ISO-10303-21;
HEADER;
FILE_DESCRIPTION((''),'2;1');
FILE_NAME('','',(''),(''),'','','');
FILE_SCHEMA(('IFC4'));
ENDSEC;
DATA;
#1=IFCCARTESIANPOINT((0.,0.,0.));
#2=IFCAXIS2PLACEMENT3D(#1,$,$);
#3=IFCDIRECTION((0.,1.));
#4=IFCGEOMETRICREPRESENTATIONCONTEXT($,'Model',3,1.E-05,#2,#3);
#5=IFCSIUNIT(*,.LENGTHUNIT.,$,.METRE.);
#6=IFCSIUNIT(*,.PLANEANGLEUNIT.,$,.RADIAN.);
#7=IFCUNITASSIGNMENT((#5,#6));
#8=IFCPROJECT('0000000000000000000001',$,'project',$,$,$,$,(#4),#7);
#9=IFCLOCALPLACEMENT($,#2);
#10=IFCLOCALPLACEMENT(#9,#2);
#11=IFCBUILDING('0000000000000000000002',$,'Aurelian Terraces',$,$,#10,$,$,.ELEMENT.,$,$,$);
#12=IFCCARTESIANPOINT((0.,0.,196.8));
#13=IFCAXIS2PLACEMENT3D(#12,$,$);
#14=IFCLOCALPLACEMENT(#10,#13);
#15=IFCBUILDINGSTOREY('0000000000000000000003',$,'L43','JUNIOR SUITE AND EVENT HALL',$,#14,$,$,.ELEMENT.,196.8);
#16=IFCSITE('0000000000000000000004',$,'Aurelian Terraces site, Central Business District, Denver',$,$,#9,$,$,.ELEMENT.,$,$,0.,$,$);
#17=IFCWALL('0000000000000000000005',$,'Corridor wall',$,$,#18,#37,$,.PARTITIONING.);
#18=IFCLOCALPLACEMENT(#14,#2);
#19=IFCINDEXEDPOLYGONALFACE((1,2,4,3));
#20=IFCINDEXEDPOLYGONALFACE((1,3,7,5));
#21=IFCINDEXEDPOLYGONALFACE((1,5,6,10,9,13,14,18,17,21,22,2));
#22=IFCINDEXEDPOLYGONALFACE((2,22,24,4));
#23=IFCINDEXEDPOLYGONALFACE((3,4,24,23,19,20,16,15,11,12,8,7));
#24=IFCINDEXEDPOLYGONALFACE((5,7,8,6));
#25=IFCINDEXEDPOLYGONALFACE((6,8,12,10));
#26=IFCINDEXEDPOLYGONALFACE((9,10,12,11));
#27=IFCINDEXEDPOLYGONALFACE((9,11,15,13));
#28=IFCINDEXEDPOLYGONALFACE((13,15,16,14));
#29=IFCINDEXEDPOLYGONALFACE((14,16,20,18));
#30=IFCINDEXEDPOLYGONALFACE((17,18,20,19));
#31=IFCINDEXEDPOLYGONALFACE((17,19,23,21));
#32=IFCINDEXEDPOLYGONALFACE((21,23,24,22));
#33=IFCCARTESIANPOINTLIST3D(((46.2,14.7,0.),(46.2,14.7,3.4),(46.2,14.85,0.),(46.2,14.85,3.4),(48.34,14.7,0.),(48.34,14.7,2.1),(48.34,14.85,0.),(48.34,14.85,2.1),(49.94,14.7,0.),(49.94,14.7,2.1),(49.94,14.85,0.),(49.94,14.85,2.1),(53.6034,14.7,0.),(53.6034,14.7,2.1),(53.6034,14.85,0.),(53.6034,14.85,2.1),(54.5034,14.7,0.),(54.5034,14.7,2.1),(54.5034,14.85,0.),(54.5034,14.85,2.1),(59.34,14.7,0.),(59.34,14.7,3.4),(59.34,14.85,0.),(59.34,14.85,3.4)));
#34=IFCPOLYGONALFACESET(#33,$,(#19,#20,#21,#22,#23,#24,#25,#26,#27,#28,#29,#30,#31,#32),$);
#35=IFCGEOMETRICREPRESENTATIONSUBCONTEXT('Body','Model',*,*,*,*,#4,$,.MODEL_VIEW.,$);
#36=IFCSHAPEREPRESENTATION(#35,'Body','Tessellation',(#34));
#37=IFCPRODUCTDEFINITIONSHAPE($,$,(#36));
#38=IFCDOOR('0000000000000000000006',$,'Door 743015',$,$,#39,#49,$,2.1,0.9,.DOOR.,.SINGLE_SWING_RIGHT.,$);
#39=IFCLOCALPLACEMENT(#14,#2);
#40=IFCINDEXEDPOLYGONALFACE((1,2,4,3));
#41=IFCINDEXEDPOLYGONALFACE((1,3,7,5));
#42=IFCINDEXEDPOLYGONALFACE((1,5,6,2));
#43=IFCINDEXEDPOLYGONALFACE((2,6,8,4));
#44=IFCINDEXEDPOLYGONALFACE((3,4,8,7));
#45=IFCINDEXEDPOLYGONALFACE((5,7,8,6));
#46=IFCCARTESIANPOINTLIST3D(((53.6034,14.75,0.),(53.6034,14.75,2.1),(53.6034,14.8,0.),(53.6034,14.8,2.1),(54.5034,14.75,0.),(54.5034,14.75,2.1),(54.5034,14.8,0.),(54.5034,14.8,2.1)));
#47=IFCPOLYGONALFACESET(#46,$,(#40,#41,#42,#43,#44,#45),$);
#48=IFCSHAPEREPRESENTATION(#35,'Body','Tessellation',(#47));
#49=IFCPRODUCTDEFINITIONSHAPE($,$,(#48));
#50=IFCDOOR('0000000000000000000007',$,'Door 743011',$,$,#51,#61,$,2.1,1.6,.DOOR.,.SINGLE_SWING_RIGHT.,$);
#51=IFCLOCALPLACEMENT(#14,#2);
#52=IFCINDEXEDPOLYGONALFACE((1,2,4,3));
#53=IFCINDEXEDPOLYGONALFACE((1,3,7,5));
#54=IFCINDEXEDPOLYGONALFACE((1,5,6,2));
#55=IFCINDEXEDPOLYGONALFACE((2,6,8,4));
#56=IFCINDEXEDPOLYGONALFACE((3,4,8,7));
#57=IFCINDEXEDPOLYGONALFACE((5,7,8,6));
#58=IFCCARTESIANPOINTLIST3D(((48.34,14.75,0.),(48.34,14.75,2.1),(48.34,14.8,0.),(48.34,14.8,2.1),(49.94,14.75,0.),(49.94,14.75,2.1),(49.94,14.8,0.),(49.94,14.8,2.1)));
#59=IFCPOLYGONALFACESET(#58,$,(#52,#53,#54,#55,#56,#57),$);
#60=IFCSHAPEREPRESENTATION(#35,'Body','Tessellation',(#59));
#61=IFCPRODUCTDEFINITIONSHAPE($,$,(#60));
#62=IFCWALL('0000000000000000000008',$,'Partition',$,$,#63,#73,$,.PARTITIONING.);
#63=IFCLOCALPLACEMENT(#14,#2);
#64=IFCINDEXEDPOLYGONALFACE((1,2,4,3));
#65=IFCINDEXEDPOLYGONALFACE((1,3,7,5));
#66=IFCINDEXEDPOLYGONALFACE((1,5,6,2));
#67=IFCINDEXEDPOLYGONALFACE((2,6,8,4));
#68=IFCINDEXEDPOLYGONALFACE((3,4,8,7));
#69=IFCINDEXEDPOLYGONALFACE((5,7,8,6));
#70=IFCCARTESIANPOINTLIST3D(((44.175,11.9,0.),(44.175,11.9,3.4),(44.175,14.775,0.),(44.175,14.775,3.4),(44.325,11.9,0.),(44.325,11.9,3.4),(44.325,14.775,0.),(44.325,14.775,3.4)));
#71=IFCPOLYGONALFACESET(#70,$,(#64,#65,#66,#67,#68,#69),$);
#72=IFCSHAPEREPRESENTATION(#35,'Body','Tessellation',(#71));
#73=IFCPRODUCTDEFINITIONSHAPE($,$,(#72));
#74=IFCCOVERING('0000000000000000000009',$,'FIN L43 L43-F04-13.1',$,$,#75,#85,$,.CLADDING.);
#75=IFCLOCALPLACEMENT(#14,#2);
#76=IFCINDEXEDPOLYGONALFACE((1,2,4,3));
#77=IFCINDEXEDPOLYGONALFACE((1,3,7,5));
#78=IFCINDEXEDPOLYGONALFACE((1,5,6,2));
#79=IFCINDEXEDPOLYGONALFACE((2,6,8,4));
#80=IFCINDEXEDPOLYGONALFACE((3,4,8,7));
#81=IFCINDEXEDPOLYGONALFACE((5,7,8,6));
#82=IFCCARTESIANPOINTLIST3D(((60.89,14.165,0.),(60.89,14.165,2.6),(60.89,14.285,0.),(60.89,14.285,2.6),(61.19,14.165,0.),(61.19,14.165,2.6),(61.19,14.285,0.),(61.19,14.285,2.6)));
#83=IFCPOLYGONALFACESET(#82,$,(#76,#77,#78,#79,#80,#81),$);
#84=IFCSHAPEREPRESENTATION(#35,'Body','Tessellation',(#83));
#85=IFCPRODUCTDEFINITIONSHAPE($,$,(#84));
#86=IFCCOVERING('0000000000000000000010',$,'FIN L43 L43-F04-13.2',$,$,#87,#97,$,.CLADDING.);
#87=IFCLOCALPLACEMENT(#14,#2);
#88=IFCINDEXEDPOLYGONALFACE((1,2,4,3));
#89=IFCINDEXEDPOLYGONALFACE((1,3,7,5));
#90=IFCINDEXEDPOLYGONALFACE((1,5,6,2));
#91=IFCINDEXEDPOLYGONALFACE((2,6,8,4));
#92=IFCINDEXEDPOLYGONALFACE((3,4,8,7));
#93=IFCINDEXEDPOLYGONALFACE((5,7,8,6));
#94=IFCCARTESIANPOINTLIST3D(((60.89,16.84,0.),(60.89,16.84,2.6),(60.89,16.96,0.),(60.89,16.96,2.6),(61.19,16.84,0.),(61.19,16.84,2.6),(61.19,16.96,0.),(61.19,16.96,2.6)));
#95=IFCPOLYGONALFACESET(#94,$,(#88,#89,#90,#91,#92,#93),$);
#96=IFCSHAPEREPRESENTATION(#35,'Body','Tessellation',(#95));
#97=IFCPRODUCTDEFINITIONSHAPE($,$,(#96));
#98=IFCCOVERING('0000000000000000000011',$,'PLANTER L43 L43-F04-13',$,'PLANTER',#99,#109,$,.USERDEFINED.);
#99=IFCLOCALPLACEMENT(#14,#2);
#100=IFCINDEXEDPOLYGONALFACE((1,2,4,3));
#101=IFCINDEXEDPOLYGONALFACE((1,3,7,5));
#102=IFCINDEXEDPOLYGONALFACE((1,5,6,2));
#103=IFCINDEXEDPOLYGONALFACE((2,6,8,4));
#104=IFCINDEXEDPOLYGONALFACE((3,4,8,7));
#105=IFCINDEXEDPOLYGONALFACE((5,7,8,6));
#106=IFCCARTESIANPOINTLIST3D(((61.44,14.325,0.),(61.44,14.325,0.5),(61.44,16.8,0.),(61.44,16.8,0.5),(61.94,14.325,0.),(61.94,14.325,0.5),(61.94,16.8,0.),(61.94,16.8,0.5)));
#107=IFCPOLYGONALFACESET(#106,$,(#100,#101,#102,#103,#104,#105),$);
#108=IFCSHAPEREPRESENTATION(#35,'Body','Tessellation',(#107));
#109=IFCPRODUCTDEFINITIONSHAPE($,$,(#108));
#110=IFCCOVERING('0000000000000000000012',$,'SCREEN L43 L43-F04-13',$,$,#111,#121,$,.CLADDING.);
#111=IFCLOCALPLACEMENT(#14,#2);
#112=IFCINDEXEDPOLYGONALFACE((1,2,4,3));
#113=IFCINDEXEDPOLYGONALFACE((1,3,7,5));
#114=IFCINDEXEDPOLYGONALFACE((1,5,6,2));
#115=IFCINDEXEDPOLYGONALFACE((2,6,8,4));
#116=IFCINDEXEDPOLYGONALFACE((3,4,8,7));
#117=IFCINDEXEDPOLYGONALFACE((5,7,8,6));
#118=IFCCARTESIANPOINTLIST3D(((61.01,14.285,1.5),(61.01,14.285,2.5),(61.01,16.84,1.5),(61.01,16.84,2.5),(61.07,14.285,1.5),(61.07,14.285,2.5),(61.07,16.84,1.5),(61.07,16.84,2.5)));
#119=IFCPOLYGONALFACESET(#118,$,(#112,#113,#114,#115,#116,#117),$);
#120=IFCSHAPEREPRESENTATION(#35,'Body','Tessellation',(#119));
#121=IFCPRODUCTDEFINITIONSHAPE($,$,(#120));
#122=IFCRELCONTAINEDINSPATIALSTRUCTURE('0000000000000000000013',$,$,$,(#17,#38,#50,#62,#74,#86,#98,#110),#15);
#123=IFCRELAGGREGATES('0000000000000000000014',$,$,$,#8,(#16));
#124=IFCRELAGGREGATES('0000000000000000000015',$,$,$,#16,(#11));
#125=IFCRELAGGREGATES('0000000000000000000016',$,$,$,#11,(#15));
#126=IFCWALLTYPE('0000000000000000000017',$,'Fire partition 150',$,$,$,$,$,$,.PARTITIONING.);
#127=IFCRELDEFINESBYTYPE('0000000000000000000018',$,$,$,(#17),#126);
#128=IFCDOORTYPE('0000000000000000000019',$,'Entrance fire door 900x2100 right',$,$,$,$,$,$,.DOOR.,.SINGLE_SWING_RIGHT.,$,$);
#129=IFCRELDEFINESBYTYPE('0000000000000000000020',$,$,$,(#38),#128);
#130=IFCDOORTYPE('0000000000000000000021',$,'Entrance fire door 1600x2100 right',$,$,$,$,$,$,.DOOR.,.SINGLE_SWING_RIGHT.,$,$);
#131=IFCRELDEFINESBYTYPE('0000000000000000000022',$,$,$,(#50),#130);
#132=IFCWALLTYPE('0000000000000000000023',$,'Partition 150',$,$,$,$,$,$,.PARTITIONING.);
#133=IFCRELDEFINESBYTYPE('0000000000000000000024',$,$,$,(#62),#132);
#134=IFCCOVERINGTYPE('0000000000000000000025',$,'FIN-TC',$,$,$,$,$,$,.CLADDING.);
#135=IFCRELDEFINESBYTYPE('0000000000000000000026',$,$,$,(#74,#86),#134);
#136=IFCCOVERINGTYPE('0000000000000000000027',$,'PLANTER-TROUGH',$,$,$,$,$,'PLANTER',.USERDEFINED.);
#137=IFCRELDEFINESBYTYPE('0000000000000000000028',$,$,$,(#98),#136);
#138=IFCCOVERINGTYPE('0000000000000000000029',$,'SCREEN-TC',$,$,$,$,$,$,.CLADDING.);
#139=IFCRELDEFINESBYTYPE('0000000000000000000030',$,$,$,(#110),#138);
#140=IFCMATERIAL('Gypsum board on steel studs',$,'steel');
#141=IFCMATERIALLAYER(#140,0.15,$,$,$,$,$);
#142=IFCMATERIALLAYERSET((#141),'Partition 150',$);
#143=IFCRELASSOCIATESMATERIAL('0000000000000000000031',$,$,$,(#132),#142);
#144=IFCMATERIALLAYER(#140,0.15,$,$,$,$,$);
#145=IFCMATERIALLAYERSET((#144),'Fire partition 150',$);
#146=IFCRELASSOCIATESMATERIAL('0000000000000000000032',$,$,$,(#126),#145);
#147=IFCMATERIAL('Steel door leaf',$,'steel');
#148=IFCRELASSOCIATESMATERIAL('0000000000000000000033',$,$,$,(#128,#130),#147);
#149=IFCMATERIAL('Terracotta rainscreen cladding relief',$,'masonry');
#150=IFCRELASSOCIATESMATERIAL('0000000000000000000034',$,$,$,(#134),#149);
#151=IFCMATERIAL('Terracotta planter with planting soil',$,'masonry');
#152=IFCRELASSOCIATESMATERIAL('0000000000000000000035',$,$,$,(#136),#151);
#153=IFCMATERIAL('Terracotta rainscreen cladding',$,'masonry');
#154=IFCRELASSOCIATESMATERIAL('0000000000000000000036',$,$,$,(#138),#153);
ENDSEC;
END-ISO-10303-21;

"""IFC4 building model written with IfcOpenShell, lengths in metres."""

from ifc_helpers import new_model, si_unit, direction, frame, frame_2d, origin, origin_2d, place, context, subcontext, project, spatial, rectangle, extrude, source, transform, mapped, material, layer, layer_set, type_object, element, fill, save


model = new_model("IFC4")

# Units and contexts
model_context = context("Model", 3, precision=1e-05, world=origin(), true_north=direction((0.0, 1.0)))
body_context = subcontext(model_context, "Body", "Model", "MODEL_VIEW")
ifc_project = project(units=[si_unit("LENGTHUNIT", "METRE"), si_unit("PLANEANGLEUNIT", "RADIAN")], contexts=[model_context])

# Site, building, storey
site_placement = place(None, origin())
site = spatial("IfcSite", under=ifc_project, at=site_placement, Name="Aurelian Terraces site, Central Business District, Denver", CompositionType="ELEMENT", RefElevation=0.0)
building_placement = place(site_placement, origin())
building = spatial("IfcBuilding", under=site, at=building_placement, Name="Aurelian Terraces", CompositionType="ELEMENT")
storey_placement = place(building_placement, frame((0.0, 0.0, 196.8)))
storey = spatial("IfcBuildingStorey", under=building, at=storey_placement, Name="L43", Description="JUNIOR SUITE AND EVENT HALL", CompositionType="ELEMENT", Elevation=196.8)

# Shared definitions
ifc_material_1 = material(Name="Terracotta rainscreen cladding", Category="masonry")

# Shared definitions
ifc_material_2 = material(Name="Gypsum board on steel studs", Category="steel")
ifc_layer_1 = layer(ifc_material_2, 0.15)
ifc_layer_set_1 = layer_set([ifc_layer_1], Name="Partition 150")
wall_type_1 = type_object("IfcWallType", Name="Partition 150", PredefinedType="PARTITIONING", material=ifc_layer_set_1)

# Shared definitions
ifc_layer_2 = layer(ifc_material_2, 0.15)
ifc_layer_set_2 = layer_set([ifc_layer_2], Name="Fire partition 150")
wall_type_2 = type_object("IfcWallType", Name="Fire partition 150", PredefinedType="PARTITIONING", material=ifc_layer_set_2)
shared_shape_1 = source(origin(), body_context, "Body", "SweptSolid", [
    extrude(rectangle(XDim=0.9, YDim=2.1, at=frame_2d((0.45, 1.05))), frame((0.0, 0.085, 0.0), z_axis=(0.0, -1.0, 0.0), x_axis=(1.0, 0.0, 0.0)), (0.0, 0.0, 1.0), 0.17),
])
shared_shape_2 = source(origin(), body_context, "Body", "SweptSolid", [
    extrude(rectangle(XDim=0.9, YDim=2.1, at=frame_2d((0.45, 1.05))), frame((0.0, 0.025, 0.0), z_axis=(0.0, -1.0, 0.0), x_axis=(1.0, 0.0, 0.0)), (0.0, 0.0, 1.0), 0.05),
])

# Wall, openings, doors
shared_shape_3 = source(origin(), body_context, "Body", "SweptSolid", [
    extrude(rectangle(XDim=13.14, YDim=0.15, at=frame_2d((6.57, 0.0))), origin(), (0.0, 0.0, 1.0), 3.4),
])
shared_shape_4 = source(origin(), body_context, "Body", "SweptSolid", [
    extrude(rectangle(XDim=1.6, YDim=2.1, at=frame_2d((0.8, 1.05))), frame((0.0, 0.085, 0.0), z_axis=(0.0, -1.0, 0.0), x_axis=(1.0, 0.0, 0.0)), (0.0, 0.0, 1.0), 0.17),
])
shared_shape_5 = source(origin(), body_context, "Body", "SweptSolid", [
    extrude(rectangle(XDim=1.6, YDim=2.1, at=frame_2d((0.8, 1.05))), frame((0.0, 0.025, 0.0), z_axis=(0.0, -1.0, 0.0), x_axis=(1.0, 0.0, 0.0)), (0.0, 0.0, 1.0), 0.05),
])
wall_1_placement = place(storey_placement, frame((59.34, 14.775, 0.0), z_axis=(0.0, 0.0, 1.0), x_axis=(-1.0, 0.0, 0.0)))
wall_1 = element("IfcWall", 1, at=wall_1_placement, inside=storey, type_object=wall_type_2, Name="Corridor wall", PredefinedType="PARTITIONING", context=body_context, shape_type="MappedRepresentation", body=[
    mapped(shared_shape_3, transform((0.0, 0.0, 0.0), scale=1.0)),
])
opening_1_placement = place(wall_1_placement, frame((9.4, 0.0, 0.0)))
opening_1 = element("IfcOpeningElement", 2, at=opening_1_placement, cuts=wall_1, PredefinedType="OPENING", context=body_context, shape_type="MappedRepresentation", body=[
    mapped(shared_shape_4, transform((0.0, 0.0, 0.0), scale=1.0)),
])
opening_2_placement = place(wall_1_placement, frame((4.8366, 0.0, 0.0)))
opening_2 = element("IfcOpeningElement", 3, at=opening_2_placement, cuts=wall_1, PredefinedType="OPENING", context=body_context, shape_type="MappedRepresentation", body=[
    mapped(shared_shape_1, transform((0.0, 0.0, 0.0), scale=1.0)),
])
ifc_material_3 = material(Name="Steel door leaf", Category="steel")
door_type_1 = type_object("IfcDoorType", Name="Entrance fire door 900x2100 right", OperationType="SINGLE_SWING_RIGHT", PredefinedType="DOOR", material=ifc_material_3)
door_1_placement = place(opening_2_placement, origin())
door_1 = element("IfcDoor", 4, at=door_1_placement, inside=storey, type_object=door_type_1, Name="Door 743015", OperationType="SINGLE_SWING_RIGHT", OverallHeight=2.1, OverallWidth=0.9, PredefinedType="DOOR", context=body_context, shape_type="MappedRepresentation", body=[
    mapped(shared_shape_2, transform((0.0, 0.0, 0.0), scale=1.0)),
])
fill(opening_2, door_1)
door_type_2 = type_object("IfcDoorType", Name="Entrance fire door 1600x2100 right", OperationType="SINGLE_SWING_RIGHT", PredefinedType="DOOR", material=ifc_material_3)
door_2_placement = place(opening_1_placement, origin())
door_2 = element("IfcDoor", 5, at=door_2_placement, inside=storey, type_object=door_type_2, Name="Door 743011", OperationType="SINGLE_SWING_RIGHT", OverallHeight=2.1, OverallWidth=1.6, PredefinedType="DOOR", context=body_context, shape_type="MappedRepresentation", body=[
    mapped(shared_shape_5, transform((0.0, 0.0, 0.0), scale=1.0)),
])
fill(opening_1, door_2)

# Wall
shared_shape_6 = source(origin(), body_context, "Body", "SweptSolid", [
    extrude(rectangle(XDim=2.875, YDim=0.15, at=frame_2d((1.4375, 0.0))), origin(), (0.0, 0.0, 1.0), 3.4),
])
wall_2_placement = place(storey_placement, frame((44.25, 11.9, 0.0), z_axis=(0.0, 0.0, 1.0), x_axis=(0.0, 1.0, 0.0)))
element("IfcWall", 6, at=wall_2_placement, inside=storey, type_object=wall_type_1, Name="Partition", PredefinedType="PARTITIONING", context=body_context, shape_type="MappedRepresentation", body=[
    mapped(shared_shape_6, transform((0.0, 0.0, 0.0), scale=1.0)),
])

# Coverings
ifc_material_4 = material(Name="Terracotta rainscreen cladding relief", Category="masonry")
covering_type_1 = type_object("IfcCoveringType", Name="FIN-TC", PredefinedType="CLADDING", material=ifc_material_4)
shared_shape_7 = source(origin(), body_context, "Body", "SweptSolid", [
    extrude(rectangle(XDim=0.3, YDim=0.12, at=origin_2d()), origin(), (0.0, 0.0, 1.0), 2.6),
])
for number, where, z_axis, x_axis, name in (
    (7, (61.04, 14.225, 0.0), (0.0, 0.0, 1.0), (1.0, 0.0, 0.0), "FIN L43 L43-F04-13.1"),
    (8, (61.04, 16.9, 0.0), (0.0, 0.0, 1.0), (1.0, 0.0, 0.0), "FIN L43 L43-F04-13.2"),
):
    element("IfcCovering", number, at=place(storey_placement, frame(where, z_axis=z_axis, x_axis=x_axis)), inside=storey, type_object=covering_type_1, Name=name, PredefinedType="CLADDING", context=body_context, shape_type="MappedRepresentation", body=[
        mapped(shared_shape_7, transform((0.0, 0.0, 0.0), scale=1.0)),
    ])

# Coverings
ifc_material_5 = material(Name="Terracotta planter with planting soil", Category="masonry")
covering_type_2 = type_object("IfcCoveringType", Name="PLANTER-TROUGH", ElementType="PLANTER", PredefinedType="USERDEFINED", material=ifc_material_5)
shared_shape_8 = source(origin(), body_context, "Body", "SweptSolid", [
    extrude(rectangle(XDim=0.5, YDim=2.475, at=origin_2d()), origin(), (0.0, 0.0, 1.0), 0.5),
])
covering_1_placement = place(storey_placement, frame((61.69, 15.5625, 0.0), z_axis=(0.0, 0.0, 1.0), x_axis=(1.0, 0.0, 0.0)))
element("IfcCovering", 9, at=covering_1_placement, inside=storey, type_object=covering_type_2, Name="PLANTER L43 L43-F04-13", ObjectType="PLANTER", PredefinedType="USERDEFINED", context=body_context, shape_type="MappedRepresentation", body=[
    mapped(shared_shape_8, transform((0.0, 0.0, 0.0), scale=1.0)),
])
covering_type_3 = type_object("IfcCoveringType", Name="SCREEN-TC", PredefinedType="CLADDING", material=ifc_material_1)
shared_shape_9 = source(origin(), body_context, "Body", "SweptSolid", [
    extrude(rectangle(XDim=0.06, YDim=2.555, at=origin_2d()), origin(), (0.0, 0.0, 1.0), 1.0),
])
covering_2_placement = place(storey_placement, frame((61.04, 15.5625, 1.5), z_axis=(0.0, 0.0, 1.0), x_axis=(1.0, 0.0, 0.0)))
element("IfcCovering", 10, at=covering_2_placement, inside=storey, type_object=covering_type_3, Name="SCREEN L43 L43-F04-13", PredefinedType="CLADDING", context=body_context, shape_type="MappedRepresentation", body=[
    mapped(shared_shape_9, transform((0.0, 0.0, 0.0), scale=1.0)),
])

save(model, "model.ifc")
